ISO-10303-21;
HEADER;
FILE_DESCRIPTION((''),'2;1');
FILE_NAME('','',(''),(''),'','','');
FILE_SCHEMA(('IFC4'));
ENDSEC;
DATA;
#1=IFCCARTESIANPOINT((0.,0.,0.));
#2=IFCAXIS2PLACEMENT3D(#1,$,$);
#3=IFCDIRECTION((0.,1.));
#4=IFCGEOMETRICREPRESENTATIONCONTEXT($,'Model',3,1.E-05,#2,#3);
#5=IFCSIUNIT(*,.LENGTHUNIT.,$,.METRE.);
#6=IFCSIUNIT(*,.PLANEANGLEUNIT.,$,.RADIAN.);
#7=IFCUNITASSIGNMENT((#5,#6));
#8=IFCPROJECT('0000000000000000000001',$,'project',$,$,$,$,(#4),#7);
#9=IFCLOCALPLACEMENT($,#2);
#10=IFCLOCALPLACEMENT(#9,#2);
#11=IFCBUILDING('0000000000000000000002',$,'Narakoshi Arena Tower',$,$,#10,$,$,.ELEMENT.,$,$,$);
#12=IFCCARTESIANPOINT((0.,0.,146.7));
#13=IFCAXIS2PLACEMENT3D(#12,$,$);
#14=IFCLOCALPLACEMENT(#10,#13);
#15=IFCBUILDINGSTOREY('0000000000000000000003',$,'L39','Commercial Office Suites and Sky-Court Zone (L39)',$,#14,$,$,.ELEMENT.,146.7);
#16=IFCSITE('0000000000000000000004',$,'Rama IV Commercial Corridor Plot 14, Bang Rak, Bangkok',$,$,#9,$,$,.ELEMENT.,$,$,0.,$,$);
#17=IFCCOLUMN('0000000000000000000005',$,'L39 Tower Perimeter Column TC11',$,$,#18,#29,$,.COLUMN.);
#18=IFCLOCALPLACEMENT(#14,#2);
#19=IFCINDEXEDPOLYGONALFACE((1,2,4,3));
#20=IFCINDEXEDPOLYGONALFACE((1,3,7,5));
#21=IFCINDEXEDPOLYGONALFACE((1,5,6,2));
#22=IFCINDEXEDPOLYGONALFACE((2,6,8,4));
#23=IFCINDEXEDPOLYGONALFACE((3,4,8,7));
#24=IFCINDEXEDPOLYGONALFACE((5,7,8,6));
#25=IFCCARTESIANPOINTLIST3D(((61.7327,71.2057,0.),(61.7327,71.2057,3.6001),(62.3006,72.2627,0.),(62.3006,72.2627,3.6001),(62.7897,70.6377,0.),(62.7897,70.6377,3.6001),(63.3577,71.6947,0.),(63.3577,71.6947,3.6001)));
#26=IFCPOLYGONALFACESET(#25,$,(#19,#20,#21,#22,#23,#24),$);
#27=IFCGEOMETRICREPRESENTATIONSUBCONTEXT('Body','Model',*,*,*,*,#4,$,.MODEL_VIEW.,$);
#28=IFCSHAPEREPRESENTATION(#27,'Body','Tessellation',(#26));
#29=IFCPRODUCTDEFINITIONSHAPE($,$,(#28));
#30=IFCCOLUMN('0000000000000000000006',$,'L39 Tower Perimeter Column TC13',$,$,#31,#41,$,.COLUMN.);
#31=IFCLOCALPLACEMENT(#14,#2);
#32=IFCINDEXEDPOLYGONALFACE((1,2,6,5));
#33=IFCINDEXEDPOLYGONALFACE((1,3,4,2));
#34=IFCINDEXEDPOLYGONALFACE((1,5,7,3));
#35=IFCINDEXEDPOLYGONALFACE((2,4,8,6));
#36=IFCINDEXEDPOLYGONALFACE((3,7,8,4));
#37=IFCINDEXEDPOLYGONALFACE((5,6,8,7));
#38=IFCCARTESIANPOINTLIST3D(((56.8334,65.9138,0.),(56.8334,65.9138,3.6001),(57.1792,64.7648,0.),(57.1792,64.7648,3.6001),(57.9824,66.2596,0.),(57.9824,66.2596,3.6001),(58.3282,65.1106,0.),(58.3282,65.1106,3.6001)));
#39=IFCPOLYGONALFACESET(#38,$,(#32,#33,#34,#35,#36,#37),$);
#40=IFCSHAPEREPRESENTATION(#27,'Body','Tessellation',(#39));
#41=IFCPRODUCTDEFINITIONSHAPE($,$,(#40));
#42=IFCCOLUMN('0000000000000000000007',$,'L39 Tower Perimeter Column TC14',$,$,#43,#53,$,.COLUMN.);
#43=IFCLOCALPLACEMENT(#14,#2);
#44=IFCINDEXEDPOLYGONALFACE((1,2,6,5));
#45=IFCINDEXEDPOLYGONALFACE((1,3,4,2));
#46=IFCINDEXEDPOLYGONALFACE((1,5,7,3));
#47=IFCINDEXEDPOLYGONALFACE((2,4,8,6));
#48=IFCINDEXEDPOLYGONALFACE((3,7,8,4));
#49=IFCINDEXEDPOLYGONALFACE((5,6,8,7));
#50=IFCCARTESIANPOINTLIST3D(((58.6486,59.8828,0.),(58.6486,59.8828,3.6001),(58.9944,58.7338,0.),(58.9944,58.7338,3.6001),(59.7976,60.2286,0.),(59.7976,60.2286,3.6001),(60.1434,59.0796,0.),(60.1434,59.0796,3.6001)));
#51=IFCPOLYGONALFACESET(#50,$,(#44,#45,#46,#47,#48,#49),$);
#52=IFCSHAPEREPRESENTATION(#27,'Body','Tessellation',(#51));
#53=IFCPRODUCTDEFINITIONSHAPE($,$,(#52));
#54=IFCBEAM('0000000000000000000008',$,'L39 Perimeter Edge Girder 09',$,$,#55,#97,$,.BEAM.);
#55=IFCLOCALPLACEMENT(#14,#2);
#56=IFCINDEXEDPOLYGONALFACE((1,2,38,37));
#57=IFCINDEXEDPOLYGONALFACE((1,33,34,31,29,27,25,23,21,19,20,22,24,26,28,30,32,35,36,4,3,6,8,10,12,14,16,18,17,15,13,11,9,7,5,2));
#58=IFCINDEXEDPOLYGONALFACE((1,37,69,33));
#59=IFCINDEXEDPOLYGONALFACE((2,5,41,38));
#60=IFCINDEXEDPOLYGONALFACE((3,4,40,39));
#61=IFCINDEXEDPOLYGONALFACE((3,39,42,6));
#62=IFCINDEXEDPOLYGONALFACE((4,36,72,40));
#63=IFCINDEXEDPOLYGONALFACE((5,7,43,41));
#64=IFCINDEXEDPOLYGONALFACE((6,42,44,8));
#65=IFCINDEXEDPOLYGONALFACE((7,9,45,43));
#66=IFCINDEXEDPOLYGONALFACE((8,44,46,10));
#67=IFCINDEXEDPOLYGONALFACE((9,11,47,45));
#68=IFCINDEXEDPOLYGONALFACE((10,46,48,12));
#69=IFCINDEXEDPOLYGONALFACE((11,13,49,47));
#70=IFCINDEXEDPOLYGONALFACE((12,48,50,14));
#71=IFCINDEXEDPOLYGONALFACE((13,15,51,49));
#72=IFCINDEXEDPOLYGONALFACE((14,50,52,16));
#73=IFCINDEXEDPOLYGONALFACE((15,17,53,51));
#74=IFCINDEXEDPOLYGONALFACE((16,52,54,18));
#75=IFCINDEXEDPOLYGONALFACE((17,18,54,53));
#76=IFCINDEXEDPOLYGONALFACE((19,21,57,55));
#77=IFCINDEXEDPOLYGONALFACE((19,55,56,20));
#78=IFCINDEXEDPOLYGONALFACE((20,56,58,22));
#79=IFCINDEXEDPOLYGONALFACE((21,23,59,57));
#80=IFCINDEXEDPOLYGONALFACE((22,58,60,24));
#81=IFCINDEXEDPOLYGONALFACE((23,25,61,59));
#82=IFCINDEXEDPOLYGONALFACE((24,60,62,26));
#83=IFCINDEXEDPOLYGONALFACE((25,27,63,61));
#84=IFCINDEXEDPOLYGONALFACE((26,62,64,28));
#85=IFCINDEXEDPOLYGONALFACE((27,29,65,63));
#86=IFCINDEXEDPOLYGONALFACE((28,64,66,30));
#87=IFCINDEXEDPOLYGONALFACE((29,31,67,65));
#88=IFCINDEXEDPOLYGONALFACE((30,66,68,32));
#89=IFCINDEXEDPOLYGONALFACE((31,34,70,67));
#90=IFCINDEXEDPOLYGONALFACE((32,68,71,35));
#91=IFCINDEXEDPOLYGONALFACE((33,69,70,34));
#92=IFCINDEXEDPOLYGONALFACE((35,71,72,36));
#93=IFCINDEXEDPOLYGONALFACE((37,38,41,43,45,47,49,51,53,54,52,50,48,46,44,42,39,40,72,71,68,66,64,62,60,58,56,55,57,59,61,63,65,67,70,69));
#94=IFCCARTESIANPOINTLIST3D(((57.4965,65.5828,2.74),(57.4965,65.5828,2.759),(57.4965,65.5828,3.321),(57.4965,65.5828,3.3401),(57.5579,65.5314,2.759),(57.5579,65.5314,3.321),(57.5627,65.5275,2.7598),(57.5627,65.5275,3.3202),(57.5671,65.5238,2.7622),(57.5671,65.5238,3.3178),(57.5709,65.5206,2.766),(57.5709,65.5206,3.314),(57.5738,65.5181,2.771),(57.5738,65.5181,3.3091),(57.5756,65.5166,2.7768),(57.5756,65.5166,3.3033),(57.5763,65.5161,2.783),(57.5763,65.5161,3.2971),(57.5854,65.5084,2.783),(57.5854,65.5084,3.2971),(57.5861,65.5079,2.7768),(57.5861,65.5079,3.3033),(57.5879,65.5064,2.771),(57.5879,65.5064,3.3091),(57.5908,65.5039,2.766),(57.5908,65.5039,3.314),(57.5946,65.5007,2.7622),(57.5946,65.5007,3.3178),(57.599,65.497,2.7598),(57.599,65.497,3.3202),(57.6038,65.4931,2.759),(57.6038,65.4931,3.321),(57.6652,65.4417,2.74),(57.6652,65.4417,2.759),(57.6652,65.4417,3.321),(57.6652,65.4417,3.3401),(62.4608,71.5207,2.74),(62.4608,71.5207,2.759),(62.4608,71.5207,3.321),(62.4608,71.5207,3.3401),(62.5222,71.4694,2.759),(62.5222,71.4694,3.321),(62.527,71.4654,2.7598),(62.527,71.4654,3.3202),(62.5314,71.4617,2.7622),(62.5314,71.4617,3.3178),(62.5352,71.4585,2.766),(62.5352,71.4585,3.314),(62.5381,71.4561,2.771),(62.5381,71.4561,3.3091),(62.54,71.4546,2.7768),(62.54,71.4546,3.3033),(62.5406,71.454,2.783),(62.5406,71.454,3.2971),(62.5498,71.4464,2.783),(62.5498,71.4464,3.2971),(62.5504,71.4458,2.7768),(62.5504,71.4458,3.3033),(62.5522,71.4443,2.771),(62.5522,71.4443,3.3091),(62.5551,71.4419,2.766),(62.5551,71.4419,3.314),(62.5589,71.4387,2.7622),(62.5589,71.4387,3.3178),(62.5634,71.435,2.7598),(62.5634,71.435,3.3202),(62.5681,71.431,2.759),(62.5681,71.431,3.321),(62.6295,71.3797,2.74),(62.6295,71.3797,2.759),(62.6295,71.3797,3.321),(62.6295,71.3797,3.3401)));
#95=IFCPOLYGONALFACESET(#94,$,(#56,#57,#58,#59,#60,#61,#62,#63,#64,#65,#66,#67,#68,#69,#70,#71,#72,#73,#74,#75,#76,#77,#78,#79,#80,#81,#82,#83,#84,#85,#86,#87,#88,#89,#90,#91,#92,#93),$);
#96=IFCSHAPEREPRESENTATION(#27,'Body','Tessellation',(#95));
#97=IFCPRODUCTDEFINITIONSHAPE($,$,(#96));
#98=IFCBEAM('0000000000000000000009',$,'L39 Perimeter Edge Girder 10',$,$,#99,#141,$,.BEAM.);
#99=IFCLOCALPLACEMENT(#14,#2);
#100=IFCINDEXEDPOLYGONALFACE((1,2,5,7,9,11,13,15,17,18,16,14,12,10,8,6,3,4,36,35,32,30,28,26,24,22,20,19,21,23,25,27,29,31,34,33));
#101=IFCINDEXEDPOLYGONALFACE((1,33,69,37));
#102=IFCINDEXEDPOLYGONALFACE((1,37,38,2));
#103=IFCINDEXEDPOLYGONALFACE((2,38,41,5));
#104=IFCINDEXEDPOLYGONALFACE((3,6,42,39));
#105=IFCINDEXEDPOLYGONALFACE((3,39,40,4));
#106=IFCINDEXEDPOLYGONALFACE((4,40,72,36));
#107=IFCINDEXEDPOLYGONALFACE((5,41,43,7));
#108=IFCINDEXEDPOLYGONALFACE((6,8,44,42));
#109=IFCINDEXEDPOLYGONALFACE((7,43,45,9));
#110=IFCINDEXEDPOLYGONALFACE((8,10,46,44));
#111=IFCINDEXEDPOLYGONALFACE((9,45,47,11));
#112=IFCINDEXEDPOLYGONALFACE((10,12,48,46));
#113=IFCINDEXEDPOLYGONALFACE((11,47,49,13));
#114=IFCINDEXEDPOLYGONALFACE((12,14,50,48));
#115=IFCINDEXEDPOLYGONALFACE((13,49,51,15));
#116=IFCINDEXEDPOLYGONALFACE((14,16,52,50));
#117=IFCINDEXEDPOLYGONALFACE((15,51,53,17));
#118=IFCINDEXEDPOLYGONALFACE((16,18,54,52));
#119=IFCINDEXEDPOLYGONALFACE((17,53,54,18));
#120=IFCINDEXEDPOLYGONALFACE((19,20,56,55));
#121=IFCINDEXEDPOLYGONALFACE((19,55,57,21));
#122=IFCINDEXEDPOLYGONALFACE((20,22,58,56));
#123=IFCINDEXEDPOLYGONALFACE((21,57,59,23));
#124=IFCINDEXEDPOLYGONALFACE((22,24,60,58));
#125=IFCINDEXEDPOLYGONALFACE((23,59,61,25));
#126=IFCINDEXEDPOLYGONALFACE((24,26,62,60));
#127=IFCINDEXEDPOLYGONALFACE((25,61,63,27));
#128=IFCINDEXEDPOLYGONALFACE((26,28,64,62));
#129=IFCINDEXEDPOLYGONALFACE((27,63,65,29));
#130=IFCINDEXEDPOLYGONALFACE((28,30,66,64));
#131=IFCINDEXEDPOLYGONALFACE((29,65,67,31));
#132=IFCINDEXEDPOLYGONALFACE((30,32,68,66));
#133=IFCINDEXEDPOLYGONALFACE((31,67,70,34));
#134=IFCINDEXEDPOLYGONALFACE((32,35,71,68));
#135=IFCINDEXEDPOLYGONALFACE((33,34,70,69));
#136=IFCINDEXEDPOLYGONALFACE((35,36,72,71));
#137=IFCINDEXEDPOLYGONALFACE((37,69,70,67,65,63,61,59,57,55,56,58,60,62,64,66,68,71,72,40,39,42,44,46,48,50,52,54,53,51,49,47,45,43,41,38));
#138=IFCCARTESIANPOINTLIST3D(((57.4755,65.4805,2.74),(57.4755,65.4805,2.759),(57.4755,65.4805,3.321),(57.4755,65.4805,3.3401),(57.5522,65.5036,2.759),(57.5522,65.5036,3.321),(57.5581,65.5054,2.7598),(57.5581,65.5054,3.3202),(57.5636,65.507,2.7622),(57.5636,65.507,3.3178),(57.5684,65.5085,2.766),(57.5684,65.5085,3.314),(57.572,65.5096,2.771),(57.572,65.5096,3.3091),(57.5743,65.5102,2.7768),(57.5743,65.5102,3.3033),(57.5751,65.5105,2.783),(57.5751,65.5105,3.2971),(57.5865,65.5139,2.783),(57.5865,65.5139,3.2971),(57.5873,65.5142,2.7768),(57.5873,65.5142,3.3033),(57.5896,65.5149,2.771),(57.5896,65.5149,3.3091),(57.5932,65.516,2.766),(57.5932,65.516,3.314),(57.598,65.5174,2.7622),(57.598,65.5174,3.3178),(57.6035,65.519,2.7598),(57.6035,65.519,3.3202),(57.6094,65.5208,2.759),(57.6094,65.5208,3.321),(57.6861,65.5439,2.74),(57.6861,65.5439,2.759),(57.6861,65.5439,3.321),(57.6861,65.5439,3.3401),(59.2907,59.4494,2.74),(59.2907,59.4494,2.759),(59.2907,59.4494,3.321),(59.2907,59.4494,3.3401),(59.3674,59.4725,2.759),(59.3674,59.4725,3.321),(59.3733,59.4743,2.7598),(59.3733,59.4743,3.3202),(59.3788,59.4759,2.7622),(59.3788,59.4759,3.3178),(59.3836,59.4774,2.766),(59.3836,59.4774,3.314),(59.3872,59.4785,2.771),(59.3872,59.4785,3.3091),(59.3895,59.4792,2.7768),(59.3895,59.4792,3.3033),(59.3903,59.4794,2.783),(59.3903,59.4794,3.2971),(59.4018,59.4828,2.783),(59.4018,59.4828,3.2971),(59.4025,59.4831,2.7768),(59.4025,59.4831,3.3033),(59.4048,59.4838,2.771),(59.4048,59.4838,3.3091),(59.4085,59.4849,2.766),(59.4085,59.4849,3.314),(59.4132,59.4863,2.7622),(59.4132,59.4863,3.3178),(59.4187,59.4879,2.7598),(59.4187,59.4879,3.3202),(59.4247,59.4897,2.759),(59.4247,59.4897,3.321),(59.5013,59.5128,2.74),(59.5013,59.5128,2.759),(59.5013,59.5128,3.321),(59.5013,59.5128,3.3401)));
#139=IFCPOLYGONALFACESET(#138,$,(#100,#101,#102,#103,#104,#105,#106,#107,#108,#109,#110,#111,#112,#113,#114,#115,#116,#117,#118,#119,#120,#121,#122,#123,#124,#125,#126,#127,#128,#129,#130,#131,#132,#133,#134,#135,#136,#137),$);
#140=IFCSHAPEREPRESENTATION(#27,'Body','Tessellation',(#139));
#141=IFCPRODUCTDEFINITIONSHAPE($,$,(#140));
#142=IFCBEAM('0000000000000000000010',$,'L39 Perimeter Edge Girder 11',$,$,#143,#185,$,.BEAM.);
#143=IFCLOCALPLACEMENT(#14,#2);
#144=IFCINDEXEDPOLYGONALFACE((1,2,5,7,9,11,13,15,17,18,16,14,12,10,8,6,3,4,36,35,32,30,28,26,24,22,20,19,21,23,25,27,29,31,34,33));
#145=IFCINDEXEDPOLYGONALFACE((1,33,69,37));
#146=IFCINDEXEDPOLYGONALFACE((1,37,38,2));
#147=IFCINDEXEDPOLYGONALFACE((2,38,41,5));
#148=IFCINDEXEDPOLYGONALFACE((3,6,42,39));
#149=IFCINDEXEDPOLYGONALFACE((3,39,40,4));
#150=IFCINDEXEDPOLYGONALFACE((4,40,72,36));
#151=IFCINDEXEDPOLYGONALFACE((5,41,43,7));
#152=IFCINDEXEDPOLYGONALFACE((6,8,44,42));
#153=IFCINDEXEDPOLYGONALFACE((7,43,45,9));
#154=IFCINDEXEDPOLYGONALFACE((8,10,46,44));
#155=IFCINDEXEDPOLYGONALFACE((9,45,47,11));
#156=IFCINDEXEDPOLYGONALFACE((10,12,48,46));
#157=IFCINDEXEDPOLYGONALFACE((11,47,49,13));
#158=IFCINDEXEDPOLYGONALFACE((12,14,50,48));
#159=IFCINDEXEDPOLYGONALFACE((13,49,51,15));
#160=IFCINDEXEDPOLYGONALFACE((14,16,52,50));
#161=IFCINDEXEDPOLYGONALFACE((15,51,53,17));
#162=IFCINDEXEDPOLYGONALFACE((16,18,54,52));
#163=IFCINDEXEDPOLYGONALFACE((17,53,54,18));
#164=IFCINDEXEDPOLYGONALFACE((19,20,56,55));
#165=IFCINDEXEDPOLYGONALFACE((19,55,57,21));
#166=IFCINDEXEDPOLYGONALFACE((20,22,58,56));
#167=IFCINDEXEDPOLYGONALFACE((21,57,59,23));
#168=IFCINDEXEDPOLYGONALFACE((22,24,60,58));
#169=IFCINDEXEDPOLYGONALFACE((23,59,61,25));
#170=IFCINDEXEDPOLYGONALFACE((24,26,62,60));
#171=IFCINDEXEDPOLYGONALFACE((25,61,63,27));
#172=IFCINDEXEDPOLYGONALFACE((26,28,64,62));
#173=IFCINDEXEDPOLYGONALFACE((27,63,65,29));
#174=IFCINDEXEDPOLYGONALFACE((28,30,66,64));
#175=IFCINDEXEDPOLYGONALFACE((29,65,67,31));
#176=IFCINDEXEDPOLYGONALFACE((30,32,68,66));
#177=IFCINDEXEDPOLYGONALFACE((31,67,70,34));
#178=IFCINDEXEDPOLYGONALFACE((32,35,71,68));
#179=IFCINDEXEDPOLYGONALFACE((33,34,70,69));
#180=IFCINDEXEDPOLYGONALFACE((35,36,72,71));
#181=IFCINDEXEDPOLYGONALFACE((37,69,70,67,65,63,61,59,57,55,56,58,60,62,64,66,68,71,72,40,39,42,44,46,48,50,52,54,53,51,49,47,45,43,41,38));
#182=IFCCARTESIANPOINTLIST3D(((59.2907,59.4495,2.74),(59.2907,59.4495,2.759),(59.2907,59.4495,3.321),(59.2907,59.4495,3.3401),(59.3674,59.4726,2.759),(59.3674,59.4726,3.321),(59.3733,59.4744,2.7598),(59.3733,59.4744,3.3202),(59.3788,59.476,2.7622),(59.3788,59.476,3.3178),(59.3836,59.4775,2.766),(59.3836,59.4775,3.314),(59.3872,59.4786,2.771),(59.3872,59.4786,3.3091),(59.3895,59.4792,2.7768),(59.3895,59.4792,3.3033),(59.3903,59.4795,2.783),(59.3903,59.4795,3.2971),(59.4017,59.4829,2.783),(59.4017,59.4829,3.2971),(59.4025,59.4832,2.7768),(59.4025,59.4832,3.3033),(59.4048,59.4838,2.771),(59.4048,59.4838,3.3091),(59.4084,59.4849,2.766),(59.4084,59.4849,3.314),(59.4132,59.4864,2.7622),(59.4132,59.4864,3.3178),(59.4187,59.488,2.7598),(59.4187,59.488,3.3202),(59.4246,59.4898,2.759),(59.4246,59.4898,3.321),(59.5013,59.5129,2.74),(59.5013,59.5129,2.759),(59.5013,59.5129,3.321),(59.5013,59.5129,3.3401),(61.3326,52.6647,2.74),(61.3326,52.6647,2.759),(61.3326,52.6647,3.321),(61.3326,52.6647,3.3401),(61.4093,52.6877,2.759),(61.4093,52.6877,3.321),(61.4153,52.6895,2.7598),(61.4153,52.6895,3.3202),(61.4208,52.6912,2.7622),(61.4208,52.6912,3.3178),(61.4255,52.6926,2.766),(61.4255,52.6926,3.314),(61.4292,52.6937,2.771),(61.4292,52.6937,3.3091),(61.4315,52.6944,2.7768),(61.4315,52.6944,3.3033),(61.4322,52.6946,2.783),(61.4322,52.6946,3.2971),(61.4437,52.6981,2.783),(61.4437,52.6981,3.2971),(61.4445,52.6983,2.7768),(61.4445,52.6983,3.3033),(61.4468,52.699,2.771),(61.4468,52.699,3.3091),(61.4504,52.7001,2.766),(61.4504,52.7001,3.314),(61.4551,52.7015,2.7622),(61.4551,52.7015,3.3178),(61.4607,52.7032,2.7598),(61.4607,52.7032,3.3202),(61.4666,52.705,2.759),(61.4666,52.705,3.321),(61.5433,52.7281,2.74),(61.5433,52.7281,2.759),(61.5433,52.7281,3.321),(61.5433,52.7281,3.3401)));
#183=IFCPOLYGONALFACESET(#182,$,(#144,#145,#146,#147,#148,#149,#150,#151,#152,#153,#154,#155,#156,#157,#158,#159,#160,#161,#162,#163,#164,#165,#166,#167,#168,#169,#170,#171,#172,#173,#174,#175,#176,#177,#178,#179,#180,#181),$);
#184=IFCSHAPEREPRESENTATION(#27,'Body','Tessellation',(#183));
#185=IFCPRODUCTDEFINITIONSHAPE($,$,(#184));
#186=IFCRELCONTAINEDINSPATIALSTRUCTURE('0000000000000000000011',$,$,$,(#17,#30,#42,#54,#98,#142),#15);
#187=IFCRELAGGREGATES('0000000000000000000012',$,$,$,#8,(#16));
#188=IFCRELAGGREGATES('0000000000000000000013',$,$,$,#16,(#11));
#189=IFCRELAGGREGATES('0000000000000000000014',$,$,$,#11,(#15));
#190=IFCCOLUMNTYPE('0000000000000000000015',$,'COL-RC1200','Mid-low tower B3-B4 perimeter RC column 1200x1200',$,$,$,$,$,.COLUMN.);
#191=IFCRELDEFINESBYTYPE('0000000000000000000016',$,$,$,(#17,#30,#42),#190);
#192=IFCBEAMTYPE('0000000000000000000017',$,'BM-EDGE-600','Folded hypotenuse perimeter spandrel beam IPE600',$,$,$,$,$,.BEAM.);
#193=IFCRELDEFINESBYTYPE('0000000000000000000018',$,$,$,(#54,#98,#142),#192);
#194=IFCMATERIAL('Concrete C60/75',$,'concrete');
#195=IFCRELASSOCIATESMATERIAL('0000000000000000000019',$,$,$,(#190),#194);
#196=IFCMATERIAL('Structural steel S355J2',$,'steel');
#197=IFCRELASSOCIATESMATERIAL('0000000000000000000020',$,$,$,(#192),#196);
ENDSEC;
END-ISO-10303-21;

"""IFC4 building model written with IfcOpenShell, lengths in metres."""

from ifc_helpers import new_model, si_unit, direction, frame, origin, origin_2d, place, context, subcontext, project, spatial, rectangle, i_section, extrude, material, material_profile, profile_set, type_object, element, save


model = new_model("IFC4")

# Units and contexts
model_context = context("Model", 3, precision=1e-05, world=origin(), true_north=direction((0.0, 1.0)))
body_context = subcontext(model_context, "Body", "Model", "MODEL_VIEW")
ifc_project = project(units=[si_unit("LENGTHUNIT", "METRE"), si_unit("PLANEANGLEUNIT", "RADIAN")], contexts=[model_context])

# Site, building, storey
site_placement = place(None, origin())
site = spatial("IfcSite", under=ifc_project, at=site_placement, Name="Rama IV Commercial Corridor Plot 14, Bang Rak, Bangkok", CompositionType="ELEMENT", RefElevation=0.0)
building_placement = place(site_placement, origin())
building = spatial("IfcBuilding", under=site, at=building_placement, Name="Narakoshi Arena Tower", CompositionType="ELEMENT")
storey_placement = place(building_placement, frame((0.0, 0.0, 146.7)))
storey = spatial("IfcBuildingStorey", under=building, at=storey_placement, Name="L39", Description="Commercial Office Suites and Sky-Court Zone (L39)", CompositionType="ELEMENT", Elevation=146.7)

# Columns
ifc_material_1 = material(Name="Concrete C60/75", Category="concrete")
ifc_material_profile_1 = material_profile(ifc_material_1, rectangle(XDim=1.2, YDim=1.2, at=origin_2d()), Name="RC1200x1200")
ifc_profile_set_1 = profile_set([ifc_material_profile_1], Name="Concrete C60/75")
column_type = type_object("IfcColumnType", Name="COL-RC1200", Description="Mid-low tower B3-B4 perimeter RC column 1200x1200", PredefinedType="COLUMN", material=ifc_profile_set_1)
for number, where, z_axis, x_axis, name in (
    (1, (62.5452, 71.4502, 0.0), (0.0, 0.0, 1.0), (0.47332, 0.880891, 0.0), "L39 Tower Perimeter Column TC11"),
    (2, (57.5808, 65.5122, 0.0), (0.0, 0.0, 1.0), (-0.288196, 0.957571, 0.0), "L39 Tower Perimeter Column TC13"),
    (3, (59.396, 59.4812, 0.0), (0.0, 0.0, 1.0), (-0.288196, 0.957571, 0.0), "L39 Tower Perimeter Column TC14"),
):
    element("IfcColumn", number, at=place(storey_placement, frame(where, z_axis=z_axis, x_axis=x_axis)), inside=storey, type_object=column_type, Name=name, PredefinedType="COLUMN", context=body_context, shape_type="SweptSolid", body=[
        extrude(rectangle(XDim=1.2, YDim=1.2, at=origin_2d()), origin(), (0.0, 0.0, 1.0), 3.6001),
    ])

# Beams
ifc_material_2 = material(Name="Structural steel S355J2", Category="steel")
ifc_material_profile_2 = material_profile(ifc_material_2, i_section(OverallWidth=0.22, OverallDepth=0.6001, WebThickness=0.012, FlangeThickness=0.019, FilletRadius=0.0239, at=origin_2d()), Name="IPE600")
ifc_profile_set_2 = profile_set([ifc_material_profile_2], Name="Structural steel S355J2")
beam_type_1 = type_object("IfcBeamType", Name="BM-EDGE-600", Description="Folded hypotenuse perimeter spandrel beam IPE600", PredefinedType="BEAM", material=ifc_profile_set_2)
beam_1_placement = place(storey_placement, frame((62.5452, 71.4502, 3.04), z_axis=(-0.641406, -0.767202, 0.0), x_axis=(0.767202, -0.641406, 0.0)))
element("IfcBeam", 4, at=beam_1_placement, inside=storey, type_object=beam_type_1, Name="L39 Perimeter Edge Girder 09", PredefinedType="BEAM", context=body_context, shape_type="SweptSolid", body=[
    extrude(i_section(OverallWidth=0.22, OverallDepth=0.6001, WebThickness=0.012, FlangeThickness=0.019, FilletRadius=0.0239, at=origin_2d()), origin(), (0.0, 0.0, 1.0), 7.7397),
])
beam_2_placement = place(storey_placement, frame((57.5808, 65.5122, 3.04), z_axis=(0.288205, -0.957569, 0.0), x_axis=(0.957569, 0.288205, 0.0)))
element("IfcBeam", 5, at=beam_2_placement, inside=storey, type_object=beam_type_1, Name="L39 Perimeter Edge Girder 10", PredefinedType="BEAM", context=body_context, shape_type="SweptSolid", body=[
    extrude(i_section(OverallWidth=0.22, OverallDepth=0.6001, WebThickness=0.012, FlangeThickness=0.019, FilletRadius=0.0239, at=origin_2d()), origin(), (0.0, 0.0, 1.0), 6.2983),
])
beam_3_placement = place(storey_placement, frame((59.396, 59.4812, 3.04), z_axis=(0.288192, -0.957573, 0.0), x_axis=(0.957573, 0.288192, 0.0)))
element("IfcBeam", 6, at=beam_3_placement, inside=storey, type_object=beam_type_1, Name="L39 Perimeter Edge Girder 11", PredefinedType="BEAM", context=body_context, shape_type="SweptSolid", body=[
    extrude(i_section(OverallWidth=0.22, OverallDepth=0.6001, WebThickness=0.012, FlangeThickness=0.019, FilletRadius=0.0239, at=origin_2d()), origin(), (0.0, 0.0, 1.0), 7.0854),
])

save(model, "model.ifc")
